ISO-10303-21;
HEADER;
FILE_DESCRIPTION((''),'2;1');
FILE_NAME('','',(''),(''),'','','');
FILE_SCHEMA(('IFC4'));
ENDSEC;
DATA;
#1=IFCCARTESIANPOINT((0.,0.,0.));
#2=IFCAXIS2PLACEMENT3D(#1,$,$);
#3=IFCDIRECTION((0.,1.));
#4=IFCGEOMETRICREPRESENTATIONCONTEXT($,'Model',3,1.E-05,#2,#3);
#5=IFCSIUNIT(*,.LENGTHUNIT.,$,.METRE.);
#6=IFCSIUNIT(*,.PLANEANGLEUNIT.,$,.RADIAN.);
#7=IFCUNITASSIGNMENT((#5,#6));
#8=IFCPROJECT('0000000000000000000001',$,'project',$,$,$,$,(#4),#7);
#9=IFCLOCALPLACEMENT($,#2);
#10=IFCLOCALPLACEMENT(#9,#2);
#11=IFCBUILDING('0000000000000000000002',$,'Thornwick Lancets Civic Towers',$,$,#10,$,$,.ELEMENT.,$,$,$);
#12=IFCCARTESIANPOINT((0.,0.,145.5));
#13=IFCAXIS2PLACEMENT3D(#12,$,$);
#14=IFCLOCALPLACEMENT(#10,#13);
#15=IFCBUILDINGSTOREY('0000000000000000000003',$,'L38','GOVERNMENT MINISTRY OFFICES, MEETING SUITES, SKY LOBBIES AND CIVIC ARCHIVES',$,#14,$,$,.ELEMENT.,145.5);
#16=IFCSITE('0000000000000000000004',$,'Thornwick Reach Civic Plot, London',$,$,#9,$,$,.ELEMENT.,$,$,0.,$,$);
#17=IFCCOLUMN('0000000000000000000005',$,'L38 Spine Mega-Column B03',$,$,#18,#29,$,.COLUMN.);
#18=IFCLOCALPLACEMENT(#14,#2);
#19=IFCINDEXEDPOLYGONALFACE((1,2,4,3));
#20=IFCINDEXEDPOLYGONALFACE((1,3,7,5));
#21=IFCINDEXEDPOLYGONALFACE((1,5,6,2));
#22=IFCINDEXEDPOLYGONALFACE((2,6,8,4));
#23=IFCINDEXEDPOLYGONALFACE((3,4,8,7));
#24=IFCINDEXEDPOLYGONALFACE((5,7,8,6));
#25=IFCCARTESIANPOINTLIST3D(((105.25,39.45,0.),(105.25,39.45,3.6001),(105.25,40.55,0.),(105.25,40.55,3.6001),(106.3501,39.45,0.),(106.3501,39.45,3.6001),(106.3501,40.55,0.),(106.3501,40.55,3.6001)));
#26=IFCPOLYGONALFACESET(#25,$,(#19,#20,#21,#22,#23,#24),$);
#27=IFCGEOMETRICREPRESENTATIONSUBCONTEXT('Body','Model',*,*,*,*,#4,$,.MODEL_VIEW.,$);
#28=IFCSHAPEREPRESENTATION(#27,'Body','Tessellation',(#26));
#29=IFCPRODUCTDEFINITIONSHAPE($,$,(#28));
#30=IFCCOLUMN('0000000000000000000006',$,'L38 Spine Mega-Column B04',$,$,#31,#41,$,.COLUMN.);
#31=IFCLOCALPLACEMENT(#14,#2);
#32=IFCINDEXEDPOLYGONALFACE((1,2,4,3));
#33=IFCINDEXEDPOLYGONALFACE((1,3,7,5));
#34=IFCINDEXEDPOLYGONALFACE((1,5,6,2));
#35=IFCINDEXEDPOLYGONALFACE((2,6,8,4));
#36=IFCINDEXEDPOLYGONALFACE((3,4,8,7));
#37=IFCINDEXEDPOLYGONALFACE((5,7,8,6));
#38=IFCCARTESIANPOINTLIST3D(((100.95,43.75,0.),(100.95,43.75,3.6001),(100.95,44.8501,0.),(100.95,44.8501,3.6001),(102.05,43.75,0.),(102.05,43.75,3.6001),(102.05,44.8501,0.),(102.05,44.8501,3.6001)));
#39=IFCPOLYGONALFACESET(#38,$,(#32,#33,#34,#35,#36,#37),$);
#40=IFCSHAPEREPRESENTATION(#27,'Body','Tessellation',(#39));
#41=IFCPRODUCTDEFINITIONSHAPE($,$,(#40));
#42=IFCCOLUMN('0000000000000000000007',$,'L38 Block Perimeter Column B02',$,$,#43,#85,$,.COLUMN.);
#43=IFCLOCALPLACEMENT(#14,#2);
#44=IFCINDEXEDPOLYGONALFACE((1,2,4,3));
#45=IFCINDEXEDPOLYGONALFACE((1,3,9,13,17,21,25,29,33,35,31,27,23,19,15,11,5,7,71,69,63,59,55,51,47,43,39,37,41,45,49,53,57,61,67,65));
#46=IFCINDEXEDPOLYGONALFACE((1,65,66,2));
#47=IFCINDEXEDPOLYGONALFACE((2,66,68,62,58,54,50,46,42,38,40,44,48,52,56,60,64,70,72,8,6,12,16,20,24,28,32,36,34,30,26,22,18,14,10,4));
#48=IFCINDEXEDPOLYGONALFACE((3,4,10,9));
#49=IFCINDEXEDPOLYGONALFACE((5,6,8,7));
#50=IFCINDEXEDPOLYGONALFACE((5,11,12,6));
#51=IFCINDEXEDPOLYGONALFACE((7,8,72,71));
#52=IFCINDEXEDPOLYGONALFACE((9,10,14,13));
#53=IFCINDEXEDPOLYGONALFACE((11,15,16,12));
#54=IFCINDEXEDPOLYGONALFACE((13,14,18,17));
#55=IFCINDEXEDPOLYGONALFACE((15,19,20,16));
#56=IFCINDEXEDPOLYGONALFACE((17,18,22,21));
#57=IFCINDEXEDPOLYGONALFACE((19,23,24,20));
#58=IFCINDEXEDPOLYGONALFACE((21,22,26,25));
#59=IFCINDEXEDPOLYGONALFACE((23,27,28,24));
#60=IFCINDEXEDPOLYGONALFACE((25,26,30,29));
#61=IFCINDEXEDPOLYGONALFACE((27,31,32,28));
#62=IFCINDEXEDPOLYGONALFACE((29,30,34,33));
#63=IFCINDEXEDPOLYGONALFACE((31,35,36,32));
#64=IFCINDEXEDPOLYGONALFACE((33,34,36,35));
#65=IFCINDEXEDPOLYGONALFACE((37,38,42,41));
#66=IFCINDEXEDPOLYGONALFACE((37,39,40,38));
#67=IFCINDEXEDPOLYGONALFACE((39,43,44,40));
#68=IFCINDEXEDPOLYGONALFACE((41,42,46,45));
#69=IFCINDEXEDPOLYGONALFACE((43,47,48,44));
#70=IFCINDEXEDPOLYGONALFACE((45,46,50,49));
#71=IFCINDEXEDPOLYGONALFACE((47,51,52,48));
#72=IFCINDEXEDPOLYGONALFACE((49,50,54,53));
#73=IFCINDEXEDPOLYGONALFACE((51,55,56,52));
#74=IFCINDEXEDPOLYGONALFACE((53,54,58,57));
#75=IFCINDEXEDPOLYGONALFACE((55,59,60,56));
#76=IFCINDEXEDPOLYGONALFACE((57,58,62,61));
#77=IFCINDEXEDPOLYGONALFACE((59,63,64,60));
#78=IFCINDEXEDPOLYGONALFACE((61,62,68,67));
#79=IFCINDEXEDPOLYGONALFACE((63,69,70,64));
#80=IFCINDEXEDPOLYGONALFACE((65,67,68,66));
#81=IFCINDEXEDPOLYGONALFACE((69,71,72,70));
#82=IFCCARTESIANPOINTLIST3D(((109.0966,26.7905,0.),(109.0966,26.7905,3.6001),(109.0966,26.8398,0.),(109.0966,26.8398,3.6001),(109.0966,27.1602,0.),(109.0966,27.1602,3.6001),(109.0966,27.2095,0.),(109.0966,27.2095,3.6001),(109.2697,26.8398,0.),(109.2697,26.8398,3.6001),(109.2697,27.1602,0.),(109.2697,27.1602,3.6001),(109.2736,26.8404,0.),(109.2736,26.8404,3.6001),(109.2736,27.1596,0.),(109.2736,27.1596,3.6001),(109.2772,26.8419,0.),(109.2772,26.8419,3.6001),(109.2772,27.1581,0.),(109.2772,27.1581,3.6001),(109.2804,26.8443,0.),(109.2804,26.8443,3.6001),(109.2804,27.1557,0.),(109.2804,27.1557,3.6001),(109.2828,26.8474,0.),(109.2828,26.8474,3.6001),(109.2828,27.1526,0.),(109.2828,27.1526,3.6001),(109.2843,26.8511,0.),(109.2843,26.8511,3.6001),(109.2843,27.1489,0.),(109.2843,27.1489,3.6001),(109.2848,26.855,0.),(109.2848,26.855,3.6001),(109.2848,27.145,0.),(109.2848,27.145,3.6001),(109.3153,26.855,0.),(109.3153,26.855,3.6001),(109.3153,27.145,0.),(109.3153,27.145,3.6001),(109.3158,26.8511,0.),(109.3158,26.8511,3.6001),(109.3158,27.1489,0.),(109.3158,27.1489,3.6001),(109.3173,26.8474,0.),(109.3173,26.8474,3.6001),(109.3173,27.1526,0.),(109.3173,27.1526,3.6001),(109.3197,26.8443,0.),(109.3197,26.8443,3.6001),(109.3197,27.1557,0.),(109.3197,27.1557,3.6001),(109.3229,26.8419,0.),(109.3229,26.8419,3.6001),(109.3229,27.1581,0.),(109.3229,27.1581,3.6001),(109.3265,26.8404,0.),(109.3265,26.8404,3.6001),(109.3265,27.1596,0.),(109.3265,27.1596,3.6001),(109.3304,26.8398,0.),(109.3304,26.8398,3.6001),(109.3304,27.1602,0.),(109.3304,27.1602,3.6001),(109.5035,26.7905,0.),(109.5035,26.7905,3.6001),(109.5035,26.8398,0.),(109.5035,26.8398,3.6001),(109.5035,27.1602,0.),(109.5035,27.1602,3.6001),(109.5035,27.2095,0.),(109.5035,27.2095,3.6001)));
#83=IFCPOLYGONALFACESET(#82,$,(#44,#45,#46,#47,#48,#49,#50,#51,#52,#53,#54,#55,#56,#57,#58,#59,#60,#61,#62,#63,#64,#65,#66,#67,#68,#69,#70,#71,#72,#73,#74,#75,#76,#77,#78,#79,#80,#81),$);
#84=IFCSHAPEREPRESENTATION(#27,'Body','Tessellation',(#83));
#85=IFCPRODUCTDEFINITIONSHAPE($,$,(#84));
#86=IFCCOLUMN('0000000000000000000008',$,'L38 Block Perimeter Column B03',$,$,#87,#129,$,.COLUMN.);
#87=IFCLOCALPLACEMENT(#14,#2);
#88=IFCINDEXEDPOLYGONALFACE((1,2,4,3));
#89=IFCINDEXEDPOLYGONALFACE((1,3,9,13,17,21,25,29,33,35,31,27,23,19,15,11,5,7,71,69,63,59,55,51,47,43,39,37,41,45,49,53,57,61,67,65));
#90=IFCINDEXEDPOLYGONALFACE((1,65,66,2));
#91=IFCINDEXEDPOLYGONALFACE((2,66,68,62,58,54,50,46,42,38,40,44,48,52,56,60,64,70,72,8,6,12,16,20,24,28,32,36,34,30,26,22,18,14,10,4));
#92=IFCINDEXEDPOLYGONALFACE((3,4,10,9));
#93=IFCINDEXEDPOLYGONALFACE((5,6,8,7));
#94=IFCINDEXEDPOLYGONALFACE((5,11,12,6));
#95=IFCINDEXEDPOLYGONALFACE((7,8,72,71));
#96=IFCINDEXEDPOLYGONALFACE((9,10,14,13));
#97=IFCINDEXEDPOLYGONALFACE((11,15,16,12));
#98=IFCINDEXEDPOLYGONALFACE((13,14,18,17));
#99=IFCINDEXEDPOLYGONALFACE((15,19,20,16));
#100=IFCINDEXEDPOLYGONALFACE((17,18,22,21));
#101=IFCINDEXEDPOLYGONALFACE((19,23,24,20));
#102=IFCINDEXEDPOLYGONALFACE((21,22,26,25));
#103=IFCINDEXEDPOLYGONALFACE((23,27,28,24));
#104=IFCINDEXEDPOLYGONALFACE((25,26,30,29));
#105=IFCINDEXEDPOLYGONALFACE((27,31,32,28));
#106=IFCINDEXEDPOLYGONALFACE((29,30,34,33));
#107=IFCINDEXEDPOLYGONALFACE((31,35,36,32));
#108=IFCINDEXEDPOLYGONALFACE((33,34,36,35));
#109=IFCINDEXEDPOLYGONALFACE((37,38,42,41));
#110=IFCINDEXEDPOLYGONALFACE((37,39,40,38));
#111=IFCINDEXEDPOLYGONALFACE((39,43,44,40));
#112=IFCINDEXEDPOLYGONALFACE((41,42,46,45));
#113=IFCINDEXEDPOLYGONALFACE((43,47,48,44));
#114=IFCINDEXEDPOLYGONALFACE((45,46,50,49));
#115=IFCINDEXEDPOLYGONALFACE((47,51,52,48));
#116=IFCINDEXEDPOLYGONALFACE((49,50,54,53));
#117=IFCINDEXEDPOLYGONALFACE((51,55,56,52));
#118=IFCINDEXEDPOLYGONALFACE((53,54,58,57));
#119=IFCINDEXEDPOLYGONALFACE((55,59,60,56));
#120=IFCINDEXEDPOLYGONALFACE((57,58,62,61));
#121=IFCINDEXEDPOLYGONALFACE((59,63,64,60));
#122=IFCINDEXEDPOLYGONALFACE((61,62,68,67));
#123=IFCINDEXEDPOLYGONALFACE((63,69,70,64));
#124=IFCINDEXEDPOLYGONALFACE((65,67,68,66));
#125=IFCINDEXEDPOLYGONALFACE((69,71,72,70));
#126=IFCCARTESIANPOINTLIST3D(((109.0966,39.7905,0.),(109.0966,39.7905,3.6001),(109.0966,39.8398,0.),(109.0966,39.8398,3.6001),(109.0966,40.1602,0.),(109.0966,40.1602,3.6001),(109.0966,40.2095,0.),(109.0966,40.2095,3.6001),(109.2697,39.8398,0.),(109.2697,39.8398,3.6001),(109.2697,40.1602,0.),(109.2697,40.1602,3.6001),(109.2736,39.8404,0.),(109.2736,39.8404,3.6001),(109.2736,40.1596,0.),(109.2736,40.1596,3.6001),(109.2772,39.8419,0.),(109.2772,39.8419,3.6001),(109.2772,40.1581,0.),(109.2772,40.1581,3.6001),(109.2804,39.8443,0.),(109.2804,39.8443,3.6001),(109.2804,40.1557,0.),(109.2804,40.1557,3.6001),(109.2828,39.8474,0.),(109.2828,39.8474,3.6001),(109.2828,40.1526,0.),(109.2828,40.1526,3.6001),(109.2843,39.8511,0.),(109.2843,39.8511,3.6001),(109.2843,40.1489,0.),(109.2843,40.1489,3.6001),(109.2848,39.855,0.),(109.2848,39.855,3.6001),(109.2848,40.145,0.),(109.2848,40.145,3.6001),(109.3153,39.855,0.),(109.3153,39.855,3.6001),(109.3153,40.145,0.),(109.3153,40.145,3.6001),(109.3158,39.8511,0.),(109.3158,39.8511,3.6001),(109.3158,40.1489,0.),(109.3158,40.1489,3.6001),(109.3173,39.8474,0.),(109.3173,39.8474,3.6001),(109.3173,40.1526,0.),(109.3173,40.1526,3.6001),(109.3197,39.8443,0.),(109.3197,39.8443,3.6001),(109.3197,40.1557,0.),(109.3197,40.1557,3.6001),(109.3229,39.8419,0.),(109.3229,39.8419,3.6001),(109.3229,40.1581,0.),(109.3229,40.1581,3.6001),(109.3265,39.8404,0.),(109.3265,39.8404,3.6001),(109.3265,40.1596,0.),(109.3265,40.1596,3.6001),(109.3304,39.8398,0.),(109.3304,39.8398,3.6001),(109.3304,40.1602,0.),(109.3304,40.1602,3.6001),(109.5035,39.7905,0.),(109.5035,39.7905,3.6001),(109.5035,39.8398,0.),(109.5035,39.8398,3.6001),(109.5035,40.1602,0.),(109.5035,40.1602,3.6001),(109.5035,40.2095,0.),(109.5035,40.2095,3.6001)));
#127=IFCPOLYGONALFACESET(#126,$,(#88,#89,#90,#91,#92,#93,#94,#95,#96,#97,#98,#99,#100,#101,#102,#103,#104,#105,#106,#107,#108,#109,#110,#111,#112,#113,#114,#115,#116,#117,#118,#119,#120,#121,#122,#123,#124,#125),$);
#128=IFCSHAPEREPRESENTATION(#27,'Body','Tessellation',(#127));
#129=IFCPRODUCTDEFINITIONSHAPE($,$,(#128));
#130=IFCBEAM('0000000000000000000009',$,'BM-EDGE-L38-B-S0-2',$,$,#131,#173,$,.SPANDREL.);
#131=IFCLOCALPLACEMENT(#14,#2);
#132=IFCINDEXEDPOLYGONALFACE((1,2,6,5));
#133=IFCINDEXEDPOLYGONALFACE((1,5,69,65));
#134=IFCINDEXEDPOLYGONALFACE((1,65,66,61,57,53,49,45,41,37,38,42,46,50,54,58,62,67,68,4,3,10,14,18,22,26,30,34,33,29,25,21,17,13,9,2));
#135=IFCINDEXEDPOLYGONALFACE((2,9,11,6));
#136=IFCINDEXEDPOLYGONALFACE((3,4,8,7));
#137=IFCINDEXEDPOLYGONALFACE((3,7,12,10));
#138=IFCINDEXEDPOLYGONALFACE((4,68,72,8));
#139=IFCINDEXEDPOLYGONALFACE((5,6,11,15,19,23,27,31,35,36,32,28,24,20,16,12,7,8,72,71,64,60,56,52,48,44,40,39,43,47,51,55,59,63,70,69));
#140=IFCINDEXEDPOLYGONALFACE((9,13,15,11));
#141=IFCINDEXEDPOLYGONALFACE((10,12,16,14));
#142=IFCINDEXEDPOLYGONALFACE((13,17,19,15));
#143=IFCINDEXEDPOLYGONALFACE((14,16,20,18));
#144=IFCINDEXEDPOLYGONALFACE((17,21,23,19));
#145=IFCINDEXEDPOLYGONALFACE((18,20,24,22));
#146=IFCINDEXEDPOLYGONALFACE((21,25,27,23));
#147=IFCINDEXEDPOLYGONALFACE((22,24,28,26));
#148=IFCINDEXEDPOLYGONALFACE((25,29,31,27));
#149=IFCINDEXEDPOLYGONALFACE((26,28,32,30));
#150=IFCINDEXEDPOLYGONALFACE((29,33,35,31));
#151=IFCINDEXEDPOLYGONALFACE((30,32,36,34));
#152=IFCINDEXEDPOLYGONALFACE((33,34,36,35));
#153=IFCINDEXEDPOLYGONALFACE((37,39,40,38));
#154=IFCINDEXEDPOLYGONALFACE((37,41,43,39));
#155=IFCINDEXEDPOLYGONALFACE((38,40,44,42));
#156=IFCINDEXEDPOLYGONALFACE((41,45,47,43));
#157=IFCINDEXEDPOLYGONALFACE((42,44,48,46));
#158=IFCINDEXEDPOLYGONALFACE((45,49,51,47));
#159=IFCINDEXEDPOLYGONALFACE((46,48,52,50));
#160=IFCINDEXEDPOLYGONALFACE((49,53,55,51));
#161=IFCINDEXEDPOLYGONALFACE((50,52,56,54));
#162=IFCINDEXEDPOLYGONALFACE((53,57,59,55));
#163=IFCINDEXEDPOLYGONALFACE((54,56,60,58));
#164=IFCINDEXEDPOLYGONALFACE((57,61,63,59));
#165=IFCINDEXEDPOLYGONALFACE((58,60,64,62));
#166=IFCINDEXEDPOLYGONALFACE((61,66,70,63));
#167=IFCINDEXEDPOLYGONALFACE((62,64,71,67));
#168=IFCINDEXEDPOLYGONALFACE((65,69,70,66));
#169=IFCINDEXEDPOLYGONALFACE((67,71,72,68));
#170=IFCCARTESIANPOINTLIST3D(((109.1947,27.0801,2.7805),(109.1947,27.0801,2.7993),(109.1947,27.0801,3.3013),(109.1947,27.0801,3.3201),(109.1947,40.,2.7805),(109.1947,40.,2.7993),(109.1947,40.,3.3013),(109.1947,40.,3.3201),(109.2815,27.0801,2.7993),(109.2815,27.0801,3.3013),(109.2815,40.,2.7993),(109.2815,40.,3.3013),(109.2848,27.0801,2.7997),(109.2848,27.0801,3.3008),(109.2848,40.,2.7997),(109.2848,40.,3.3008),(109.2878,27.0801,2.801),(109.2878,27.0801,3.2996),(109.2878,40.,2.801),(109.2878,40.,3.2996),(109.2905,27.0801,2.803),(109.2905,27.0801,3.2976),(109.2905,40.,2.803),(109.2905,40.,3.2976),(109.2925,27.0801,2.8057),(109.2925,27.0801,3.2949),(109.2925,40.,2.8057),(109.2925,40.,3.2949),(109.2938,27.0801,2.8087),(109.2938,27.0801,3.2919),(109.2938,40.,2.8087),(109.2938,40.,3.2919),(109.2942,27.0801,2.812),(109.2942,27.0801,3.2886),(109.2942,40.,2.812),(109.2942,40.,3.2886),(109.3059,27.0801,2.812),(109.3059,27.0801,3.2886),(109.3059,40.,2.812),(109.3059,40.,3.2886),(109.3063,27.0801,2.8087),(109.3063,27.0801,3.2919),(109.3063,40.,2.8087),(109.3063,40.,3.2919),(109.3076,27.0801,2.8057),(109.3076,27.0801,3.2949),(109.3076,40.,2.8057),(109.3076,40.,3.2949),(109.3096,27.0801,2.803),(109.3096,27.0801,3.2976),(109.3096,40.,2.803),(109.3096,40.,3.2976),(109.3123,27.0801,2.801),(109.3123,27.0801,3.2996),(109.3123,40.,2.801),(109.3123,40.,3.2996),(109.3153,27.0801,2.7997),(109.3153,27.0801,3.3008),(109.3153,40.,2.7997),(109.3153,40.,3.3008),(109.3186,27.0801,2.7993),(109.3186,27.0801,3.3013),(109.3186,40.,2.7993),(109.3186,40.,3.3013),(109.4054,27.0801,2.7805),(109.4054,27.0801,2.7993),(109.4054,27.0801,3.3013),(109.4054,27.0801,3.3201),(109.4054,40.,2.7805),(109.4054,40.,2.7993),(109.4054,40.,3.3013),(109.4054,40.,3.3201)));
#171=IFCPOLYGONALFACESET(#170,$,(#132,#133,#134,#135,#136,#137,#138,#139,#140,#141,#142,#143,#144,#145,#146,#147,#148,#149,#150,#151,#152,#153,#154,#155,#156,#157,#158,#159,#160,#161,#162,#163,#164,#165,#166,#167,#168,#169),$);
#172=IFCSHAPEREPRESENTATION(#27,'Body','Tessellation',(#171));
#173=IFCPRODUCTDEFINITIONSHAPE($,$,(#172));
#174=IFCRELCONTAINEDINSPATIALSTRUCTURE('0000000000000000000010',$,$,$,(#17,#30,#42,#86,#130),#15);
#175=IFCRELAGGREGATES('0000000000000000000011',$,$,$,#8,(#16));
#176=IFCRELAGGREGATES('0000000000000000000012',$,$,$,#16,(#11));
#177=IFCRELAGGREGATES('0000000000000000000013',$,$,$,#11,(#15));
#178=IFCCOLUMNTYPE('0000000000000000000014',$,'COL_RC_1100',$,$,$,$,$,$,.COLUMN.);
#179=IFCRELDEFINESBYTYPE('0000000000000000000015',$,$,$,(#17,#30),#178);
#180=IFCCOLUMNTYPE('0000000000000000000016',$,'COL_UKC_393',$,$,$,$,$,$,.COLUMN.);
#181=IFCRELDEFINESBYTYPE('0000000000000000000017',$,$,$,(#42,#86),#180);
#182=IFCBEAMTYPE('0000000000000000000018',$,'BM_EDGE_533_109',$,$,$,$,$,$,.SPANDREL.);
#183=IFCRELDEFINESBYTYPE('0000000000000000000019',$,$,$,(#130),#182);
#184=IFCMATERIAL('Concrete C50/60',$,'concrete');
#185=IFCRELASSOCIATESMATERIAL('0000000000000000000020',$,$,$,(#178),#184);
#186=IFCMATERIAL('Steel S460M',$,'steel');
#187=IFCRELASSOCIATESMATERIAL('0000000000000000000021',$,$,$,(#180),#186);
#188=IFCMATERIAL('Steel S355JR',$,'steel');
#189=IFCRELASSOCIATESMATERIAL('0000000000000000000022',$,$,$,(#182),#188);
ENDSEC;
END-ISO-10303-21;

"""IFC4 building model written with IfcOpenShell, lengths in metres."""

from ifc_helpers import new_model, si_unit, direction, frame, origin, origin_2d, place, context, subcontext, project, spatial, rectangle, i_section, extrude, material, material_profile, profile_set, type_object, element, save


model = new_model("IFC4")

# Units and contexts
model_context = context("Model", 3, precision=1e-05, world=origin(), true_north=direction((0.0, 1.0)))
body_context = subcontext(model_context, "Body", "Model", "MODEL_VIEW")
ifc_project = project(units=[si_unit("LENGTHUNIT", "METRE"), si_unit("PLANEANGLEUNIT", "RADIAN")], contexts=[model_context])

# Site, building, storey
site_placement = place(None, origin())
site = spatial("IfcSite", under=ifc_project, at=site_placement, Name="Thornwick Reach Civic Plot, London", CompositionType="ELEMENT", RefElevation=0.0)
building_placement = place(site_placement, origin())
building = spatial("IfcBuilding", under=site, at=building_placement, Name="Thornwick Lancets Civic Towers", CompositionType="ELEMENT")
storey_placement = place(building_placement, frame((0.0, 0.0, 145.5)))
storey = spatial("IfcBuildingStorey", under=building, at=storey_placement, Name="L38", Description="GOVERNMENT MINISTRY OFFICES, MEETING SUITES, SKY LOBBIES AND CIVIC ARCHIVES", CompositionType="ELEMENT", Elevation=145.5)

# Columns
ifc_material_1 = material(Name="Concrete C50/60", Category="concrete")
ifc_material_profile_1 = material_profile(ifc_material_1, rectangle(XDim=1.1001, YDim=1.1001, at=origin_2d()), Name="RC 1100x1100")
ifc_profile_set_1 = profile_set([ifc_material_profile_1], Name="Concrete C50/60")
column_type_1 = type_object("IfcColumnType", Name="COL_RC_1100", PredefinedType="COLUMN", material=ifc_profile_set_1)
for number, where, z_axis, x_axis, name in (
    (1, (105.8, 40.0, 0.0), (0.0, 0.0, 1.0), (1.0, 0.0, 0.0), "L38 Spine Mega-Column B03"),
    (2, (101.5, 44.3, 0.0), (0.0, 0.0, 1.0), (1.0, 0.0, 0.0), "L38 Spine Mega-Column B04"),
):
    element("IfcColumn", number, at=place(storey_placement, frame(where, z_axis=z_axis, x_axis=x_axis)), inside=storey, type_object=column_type_1, Name=name, PredefinedType="COLUMN", context=body_context, shape_type="SweptSolid", body=[
        extrude(rectangle(XDim=1.1001, YDim=1.1001, at=origin_2d()), origin(), (0.0, 0.0, 1.0), 3.6001),
    ])
ifc_material_2 = material(Name="Steel S460M", Category="steel")
ifc_material_profile_2 = material_profile(ifc_material_2, i_section(OverallWidth=0.407, OverallDepth=0.4189, WebThickness=0.0305, FlangeThickness=0.0493, FilletRadius=0.0151, at=origin_2d()), Name="UKC 356x406x393")
ifc_profile_set_2 = profile_set([ifc_material_profile_2], Name="Steel S460M")
column_type_2 = type_object("IfcColumnType", Name="COL_UKC_393", PredefinedType="COLUMN", material=ifc_profile_set_2)
for number, where, z_axis, x_axis, name in (
    (3, (109.3, 27.0, 0.0), (0.0, 0.0, 1.0), (1.0, 0.0, 0.0), "L38 Block Perimeter Column B02"),
    (4, (109.3, 40.0, 0.0), (0.0, 0.0, 1.0), (1.0, 0.0, 0.0), "L38 Block Perimeter Column B03"),
):
    element("IfcColumn", number, at=place(storey_placement, frame(where, z_axis=z_axis, x_axis=x_axis)), inside=storey, type_object=column_type_2, Name=name, PredefinedType="COLUMN", context=body_context, shape_type="SweptSolid", body=[
        extrude(i_section(OverallWidth=0.407, OverallDepth=0.4189, WebThickness=0.0305, FlangeThickness=0.0493, FilletRadius=0.0151, at=origin_2d()), origin(), (0.0, 0.0, 1.0), 3.6001),
    ])

# Beam
ifc_material_3 = material(Name="Steel S355JR", Category="steel")
ifc_material_profile_3 = material_profile(ifc_material_3, i_section(OverallWidth=0.2107, OverallDepth=0.5396, WebThickness=0.0117, FlangeThickness=0.0188, FilletRadius=0.0127, at=origin_2d()), Name="UKB 533x210x109")
ifc_profile_set_3 = profile_set([ifc_material_profile_3], Name="Steel S355JR")
beam_type_1 = type_object("IfcBeamType", Name="BM_EDGE_533_109", PredefinedType="SPANDREL", material=ifc_profile_set_3)
beam_1_placement = place(storey_placement, frame((109.3, 27.0801, 3.0503), z_axis=(0.0, 1.0, 0.0), x_axis=(-1.0, 0.0, 0.0)))
element("IfcBeam", 5, at=beam_1_placement, inside=storey, type_object=beam_type_1, Name="BM-EDGE-L38-B-S0-2", PredefinedType="SPANDREL", context=body_context, shape_type="SweptSolid", body=[
    extrude(i_section(OverallWidth=0.2107, OverallDepth=0.5396, WebThickness=0.0117, FlangeThickness=0.0188, FilletRadius=0.0127, at=origin_2d()), origin(), (0.0, 0.0, 1.0), 12.9199),
])

save(model, "model.ifc")
